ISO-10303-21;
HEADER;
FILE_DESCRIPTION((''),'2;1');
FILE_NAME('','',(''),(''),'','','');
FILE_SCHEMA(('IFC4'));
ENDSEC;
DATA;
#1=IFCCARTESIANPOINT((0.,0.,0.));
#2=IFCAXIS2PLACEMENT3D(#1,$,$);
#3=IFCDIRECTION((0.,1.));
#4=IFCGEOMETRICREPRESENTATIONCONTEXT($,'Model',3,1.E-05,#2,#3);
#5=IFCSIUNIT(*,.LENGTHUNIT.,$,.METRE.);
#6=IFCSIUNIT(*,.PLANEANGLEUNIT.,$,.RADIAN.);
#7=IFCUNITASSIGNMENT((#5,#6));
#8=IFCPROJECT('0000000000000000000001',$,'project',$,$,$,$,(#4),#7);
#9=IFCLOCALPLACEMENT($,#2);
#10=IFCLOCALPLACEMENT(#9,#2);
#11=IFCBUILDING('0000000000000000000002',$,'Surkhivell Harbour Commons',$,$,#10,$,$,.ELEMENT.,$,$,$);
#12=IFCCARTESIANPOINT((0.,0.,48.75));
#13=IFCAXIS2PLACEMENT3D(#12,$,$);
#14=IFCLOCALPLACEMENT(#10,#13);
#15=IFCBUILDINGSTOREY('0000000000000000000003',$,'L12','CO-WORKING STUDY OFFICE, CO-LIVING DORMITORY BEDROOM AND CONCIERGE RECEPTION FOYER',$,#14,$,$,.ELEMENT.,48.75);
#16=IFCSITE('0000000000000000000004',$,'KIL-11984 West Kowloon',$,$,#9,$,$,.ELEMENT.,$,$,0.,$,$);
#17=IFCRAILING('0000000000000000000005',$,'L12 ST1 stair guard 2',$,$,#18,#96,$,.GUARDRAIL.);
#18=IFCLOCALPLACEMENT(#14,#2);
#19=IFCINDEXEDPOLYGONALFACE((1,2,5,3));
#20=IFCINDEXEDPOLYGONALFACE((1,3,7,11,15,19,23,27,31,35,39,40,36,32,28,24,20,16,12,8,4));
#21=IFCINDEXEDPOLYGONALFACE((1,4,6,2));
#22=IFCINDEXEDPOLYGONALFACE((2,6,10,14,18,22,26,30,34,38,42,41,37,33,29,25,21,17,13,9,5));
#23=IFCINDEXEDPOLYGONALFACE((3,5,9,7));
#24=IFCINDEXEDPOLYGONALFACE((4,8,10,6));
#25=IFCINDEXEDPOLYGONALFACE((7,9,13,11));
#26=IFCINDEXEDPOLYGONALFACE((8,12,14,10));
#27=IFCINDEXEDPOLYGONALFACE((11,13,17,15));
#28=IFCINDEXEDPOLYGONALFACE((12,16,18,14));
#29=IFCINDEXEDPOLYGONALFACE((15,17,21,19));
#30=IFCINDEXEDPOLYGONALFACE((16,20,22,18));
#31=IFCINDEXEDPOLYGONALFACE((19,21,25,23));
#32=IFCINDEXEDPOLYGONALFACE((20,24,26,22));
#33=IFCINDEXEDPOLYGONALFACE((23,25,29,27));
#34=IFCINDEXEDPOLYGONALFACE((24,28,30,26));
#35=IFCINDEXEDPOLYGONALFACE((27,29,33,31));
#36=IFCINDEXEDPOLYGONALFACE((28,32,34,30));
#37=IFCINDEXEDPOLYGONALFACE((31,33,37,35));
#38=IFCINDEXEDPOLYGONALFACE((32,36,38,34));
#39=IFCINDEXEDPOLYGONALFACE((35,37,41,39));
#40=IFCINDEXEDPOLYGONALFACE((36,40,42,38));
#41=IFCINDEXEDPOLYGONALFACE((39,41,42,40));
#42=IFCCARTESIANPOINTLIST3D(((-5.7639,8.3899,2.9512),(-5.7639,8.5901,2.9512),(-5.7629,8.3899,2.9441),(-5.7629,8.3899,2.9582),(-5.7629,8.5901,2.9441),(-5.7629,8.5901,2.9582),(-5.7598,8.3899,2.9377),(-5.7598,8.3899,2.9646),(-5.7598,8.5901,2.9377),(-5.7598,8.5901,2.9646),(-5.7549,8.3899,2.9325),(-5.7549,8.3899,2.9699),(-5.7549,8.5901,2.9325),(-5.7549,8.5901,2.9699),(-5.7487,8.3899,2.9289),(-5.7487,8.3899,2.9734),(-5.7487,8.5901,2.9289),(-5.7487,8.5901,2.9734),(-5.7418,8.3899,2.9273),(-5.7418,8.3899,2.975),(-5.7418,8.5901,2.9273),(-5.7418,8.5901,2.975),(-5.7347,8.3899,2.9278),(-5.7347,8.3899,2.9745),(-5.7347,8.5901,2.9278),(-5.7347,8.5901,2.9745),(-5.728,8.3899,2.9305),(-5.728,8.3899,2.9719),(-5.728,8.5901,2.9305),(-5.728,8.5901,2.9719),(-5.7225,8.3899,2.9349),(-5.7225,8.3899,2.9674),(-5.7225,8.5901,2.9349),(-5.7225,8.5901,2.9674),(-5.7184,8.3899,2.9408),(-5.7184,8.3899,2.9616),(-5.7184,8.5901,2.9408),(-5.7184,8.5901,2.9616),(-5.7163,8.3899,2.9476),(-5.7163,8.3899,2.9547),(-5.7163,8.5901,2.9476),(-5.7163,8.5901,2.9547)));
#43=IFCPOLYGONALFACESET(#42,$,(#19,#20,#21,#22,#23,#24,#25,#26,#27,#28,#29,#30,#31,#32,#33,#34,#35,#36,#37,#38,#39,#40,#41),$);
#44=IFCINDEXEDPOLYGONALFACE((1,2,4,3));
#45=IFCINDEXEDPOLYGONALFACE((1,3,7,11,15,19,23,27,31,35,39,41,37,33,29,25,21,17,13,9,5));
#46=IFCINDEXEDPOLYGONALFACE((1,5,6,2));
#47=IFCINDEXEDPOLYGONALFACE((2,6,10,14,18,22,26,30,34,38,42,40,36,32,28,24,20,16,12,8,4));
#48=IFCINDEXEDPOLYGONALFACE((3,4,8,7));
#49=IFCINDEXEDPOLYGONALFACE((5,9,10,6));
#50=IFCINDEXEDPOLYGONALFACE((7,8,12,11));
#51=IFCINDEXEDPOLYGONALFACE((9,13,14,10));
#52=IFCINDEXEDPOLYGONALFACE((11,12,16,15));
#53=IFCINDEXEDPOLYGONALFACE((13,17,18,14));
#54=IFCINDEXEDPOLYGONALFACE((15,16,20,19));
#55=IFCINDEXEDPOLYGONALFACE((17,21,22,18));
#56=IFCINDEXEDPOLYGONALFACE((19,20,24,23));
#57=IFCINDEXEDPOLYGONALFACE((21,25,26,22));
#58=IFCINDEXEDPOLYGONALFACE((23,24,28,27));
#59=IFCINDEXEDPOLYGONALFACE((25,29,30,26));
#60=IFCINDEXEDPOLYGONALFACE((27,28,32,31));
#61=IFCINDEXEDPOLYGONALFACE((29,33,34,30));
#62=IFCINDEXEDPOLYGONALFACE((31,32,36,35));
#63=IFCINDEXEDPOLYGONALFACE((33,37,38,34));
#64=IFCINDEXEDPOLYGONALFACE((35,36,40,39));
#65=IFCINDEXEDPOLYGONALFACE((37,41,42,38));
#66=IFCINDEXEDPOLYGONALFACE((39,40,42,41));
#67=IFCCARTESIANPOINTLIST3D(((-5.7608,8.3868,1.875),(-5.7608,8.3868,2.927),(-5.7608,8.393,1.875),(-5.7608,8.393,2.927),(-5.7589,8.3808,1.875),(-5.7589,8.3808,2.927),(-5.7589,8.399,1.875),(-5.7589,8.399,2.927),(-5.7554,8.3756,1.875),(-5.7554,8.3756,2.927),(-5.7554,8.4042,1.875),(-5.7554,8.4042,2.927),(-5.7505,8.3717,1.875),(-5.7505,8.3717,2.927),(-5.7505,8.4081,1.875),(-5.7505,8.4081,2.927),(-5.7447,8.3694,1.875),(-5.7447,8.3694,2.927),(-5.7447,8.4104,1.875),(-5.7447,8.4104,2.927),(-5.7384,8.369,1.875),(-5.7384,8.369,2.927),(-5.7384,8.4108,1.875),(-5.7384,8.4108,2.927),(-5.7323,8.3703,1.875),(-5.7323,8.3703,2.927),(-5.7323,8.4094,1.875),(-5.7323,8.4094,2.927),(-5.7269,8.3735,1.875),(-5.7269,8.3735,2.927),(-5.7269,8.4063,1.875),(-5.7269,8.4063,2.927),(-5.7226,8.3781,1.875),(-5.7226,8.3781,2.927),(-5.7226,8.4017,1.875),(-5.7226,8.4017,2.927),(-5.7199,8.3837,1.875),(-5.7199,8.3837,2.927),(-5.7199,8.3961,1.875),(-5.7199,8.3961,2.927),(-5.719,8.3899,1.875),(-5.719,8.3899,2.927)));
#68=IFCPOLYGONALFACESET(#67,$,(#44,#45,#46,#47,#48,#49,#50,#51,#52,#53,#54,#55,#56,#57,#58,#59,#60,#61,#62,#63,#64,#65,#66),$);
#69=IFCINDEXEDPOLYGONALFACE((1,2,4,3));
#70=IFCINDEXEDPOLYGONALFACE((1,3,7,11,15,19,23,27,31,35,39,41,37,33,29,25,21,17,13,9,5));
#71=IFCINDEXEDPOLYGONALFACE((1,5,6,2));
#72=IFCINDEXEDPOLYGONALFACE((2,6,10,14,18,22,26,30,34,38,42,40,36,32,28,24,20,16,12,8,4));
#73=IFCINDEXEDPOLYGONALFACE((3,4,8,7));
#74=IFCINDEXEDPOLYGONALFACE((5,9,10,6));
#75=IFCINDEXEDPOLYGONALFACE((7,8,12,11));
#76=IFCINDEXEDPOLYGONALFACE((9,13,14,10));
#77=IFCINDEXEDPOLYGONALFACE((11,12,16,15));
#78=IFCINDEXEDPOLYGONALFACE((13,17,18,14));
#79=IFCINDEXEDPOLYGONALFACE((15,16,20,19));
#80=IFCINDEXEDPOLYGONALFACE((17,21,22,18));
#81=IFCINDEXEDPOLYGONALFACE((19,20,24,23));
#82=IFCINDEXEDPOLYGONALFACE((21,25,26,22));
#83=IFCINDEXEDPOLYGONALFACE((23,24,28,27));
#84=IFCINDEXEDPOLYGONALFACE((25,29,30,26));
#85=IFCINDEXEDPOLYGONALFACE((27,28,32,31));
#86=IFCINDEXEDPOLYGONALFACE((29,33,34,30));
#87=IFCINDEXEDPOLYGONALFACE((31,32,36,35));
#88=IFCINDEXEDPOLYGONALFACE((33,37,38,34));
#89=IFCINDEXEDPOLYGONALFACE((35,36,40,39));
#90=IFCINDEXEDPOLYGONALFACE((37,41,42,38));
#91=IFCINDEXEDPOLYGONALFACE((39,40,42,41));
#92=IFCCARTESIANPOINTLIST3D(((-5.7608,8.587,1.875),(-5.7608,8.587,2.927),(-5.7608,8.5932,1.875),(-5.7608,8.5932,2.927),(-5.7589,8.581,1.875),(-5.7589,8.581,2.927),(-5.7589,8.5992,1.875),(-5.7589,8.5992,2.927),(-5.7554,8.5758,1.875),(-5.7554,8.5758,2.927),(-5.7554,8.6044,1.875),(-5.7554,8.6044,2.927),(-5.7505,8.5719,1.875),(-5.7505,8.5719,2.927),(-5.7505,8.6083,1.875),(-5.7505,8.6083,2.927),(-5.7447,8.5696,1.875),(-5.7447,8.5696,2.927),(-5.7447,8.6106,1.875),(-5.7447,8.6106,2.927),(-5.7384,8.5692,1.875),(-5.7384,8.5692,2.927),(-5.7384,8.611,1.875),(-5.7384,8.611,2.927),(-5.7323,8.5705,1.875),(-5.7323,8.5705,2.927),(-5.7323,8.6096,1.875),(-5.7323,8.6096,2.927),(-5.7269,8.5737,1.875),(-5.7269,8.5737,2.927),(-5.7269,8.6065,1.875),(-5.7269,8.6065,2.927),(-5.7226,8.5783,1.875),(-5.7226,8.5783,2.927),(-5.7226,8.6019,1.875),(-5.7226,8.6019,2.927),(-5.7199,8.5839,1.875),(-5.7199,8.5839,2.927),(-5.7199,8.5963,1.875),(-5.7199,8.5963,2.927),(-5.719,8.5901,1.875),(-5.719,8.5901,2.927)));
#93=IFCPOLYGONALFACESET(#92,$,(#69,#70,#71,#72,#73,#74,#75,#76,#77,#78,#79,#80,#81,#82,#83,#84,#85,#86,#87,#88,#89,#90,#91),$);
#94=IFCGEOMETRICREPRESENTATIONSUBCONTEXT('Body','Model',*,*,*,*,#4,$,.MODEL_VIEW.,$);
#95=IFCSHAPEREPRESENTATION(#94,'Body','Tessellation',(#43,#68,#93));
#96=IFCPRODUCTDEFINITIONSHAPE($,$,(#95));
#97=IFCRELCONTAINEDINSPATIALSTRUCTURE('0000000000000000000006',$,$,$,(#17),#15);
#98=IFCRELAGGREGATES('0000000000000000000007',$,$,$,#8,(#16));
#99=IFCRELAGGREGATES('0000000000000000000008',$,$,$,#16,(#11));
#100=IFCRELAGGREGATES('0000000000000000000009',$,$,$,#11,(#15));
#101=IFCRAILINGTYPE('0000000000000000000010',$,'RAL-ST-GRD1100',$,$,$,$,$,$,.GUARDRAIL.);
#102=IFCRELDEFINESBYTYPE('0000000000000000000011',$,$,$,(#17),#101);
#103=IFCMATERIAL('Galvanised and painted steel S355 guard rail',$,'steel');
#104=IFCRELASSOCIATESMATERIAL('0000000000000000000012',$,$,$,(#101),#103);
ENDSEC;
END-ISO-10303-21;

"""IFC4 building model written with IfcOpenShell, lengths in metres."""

from ifc_helpers import new_model, si_unit, direction, frame, origin, origin_2d, place, context, subcontext, project, spatial, circle, extrude, material, type_object, element, save


model = new_model("IFC4")

# Units and contexts
model_context = context("Model", 3, precision=1e-05, world=origin(), true_north=direction((0.0, 1.0)))
body_context = subcontext(model_context, "Body", "Model", "MODEL_VIEW")
ifc_project = project(units=[si_unit("LENGTHUNIT", "METRE"), si_unit("PLANEANGLEUNIT", "RADIAN")], contexts=[model_context])

# Site, building, storey
site_placement = place(None, origin())
site = spatial("IfcSite", under=ifc_project, at=site_placement, Name="KIL-11984 West Kowloon", CompositionType="ELEMENT", RefElevation=0.0)
building_placement = place(site_placement, origin())
building = spatial("IfcBuilding", under=site, at=building_placement, Name="Surkhivell Harbour Commons", CompositionType="ELEMENT")
storey_placement = place(building_placement, frame((0.0, 0.0, 48.75)))
storey = spatial("IfcBuildingStorey", under=building, at=storey_placement, Name="L12", Description="CO-WORKING STUDY OFFICE, CO-LIVING DORMITORY BEDROOM AND CONCIERGE RECEPTION FOYER", CompositionType="ELEMENT", Elevation=48.75)

# Railing
ifc_material_1 = material(Name="Galvanised and painted steel S355 guard rail", Category="steel")
railing_type_1 = type_object("IfcRailingType", Name="RAL-ST-GRD1100", PredefinedType="GUARDRAIL", material=ifc_material_1)
railing_1_placement = place(storey_placement, frame((-5.74, 8.3899, 1.875)))
element("IfcRailing", 1, at=railing_1_placement, inside=storey, type_object=railing_type_1, Name="L12 ST1 stair guard 2", PredefinedType="GUARDRAIL", context=body_context, shape_type="SweptSolid", body=[
    extrude(circle(Radius=0.0239, at=origin_2d()), frame((0.0, 0.0, 1.0762), z_axis=(0.0, 1.0, 0.0), x_axis=(-1.0, 0.0, 0.0)), (0.0, 0.0, 1.0), 0.2002),
    extrude(circle(Radius=0.021, at=origin_2d()), origin(), (0.0, 0.0, 1.0), 1.052),
    extrude(circle(Radius=0.021, at=origin_2d()), frame((0.0, 0.2002, 0.0)), (0.0, 0.0, 1.0), 1.052),
])

save(model, "model.ifc")
